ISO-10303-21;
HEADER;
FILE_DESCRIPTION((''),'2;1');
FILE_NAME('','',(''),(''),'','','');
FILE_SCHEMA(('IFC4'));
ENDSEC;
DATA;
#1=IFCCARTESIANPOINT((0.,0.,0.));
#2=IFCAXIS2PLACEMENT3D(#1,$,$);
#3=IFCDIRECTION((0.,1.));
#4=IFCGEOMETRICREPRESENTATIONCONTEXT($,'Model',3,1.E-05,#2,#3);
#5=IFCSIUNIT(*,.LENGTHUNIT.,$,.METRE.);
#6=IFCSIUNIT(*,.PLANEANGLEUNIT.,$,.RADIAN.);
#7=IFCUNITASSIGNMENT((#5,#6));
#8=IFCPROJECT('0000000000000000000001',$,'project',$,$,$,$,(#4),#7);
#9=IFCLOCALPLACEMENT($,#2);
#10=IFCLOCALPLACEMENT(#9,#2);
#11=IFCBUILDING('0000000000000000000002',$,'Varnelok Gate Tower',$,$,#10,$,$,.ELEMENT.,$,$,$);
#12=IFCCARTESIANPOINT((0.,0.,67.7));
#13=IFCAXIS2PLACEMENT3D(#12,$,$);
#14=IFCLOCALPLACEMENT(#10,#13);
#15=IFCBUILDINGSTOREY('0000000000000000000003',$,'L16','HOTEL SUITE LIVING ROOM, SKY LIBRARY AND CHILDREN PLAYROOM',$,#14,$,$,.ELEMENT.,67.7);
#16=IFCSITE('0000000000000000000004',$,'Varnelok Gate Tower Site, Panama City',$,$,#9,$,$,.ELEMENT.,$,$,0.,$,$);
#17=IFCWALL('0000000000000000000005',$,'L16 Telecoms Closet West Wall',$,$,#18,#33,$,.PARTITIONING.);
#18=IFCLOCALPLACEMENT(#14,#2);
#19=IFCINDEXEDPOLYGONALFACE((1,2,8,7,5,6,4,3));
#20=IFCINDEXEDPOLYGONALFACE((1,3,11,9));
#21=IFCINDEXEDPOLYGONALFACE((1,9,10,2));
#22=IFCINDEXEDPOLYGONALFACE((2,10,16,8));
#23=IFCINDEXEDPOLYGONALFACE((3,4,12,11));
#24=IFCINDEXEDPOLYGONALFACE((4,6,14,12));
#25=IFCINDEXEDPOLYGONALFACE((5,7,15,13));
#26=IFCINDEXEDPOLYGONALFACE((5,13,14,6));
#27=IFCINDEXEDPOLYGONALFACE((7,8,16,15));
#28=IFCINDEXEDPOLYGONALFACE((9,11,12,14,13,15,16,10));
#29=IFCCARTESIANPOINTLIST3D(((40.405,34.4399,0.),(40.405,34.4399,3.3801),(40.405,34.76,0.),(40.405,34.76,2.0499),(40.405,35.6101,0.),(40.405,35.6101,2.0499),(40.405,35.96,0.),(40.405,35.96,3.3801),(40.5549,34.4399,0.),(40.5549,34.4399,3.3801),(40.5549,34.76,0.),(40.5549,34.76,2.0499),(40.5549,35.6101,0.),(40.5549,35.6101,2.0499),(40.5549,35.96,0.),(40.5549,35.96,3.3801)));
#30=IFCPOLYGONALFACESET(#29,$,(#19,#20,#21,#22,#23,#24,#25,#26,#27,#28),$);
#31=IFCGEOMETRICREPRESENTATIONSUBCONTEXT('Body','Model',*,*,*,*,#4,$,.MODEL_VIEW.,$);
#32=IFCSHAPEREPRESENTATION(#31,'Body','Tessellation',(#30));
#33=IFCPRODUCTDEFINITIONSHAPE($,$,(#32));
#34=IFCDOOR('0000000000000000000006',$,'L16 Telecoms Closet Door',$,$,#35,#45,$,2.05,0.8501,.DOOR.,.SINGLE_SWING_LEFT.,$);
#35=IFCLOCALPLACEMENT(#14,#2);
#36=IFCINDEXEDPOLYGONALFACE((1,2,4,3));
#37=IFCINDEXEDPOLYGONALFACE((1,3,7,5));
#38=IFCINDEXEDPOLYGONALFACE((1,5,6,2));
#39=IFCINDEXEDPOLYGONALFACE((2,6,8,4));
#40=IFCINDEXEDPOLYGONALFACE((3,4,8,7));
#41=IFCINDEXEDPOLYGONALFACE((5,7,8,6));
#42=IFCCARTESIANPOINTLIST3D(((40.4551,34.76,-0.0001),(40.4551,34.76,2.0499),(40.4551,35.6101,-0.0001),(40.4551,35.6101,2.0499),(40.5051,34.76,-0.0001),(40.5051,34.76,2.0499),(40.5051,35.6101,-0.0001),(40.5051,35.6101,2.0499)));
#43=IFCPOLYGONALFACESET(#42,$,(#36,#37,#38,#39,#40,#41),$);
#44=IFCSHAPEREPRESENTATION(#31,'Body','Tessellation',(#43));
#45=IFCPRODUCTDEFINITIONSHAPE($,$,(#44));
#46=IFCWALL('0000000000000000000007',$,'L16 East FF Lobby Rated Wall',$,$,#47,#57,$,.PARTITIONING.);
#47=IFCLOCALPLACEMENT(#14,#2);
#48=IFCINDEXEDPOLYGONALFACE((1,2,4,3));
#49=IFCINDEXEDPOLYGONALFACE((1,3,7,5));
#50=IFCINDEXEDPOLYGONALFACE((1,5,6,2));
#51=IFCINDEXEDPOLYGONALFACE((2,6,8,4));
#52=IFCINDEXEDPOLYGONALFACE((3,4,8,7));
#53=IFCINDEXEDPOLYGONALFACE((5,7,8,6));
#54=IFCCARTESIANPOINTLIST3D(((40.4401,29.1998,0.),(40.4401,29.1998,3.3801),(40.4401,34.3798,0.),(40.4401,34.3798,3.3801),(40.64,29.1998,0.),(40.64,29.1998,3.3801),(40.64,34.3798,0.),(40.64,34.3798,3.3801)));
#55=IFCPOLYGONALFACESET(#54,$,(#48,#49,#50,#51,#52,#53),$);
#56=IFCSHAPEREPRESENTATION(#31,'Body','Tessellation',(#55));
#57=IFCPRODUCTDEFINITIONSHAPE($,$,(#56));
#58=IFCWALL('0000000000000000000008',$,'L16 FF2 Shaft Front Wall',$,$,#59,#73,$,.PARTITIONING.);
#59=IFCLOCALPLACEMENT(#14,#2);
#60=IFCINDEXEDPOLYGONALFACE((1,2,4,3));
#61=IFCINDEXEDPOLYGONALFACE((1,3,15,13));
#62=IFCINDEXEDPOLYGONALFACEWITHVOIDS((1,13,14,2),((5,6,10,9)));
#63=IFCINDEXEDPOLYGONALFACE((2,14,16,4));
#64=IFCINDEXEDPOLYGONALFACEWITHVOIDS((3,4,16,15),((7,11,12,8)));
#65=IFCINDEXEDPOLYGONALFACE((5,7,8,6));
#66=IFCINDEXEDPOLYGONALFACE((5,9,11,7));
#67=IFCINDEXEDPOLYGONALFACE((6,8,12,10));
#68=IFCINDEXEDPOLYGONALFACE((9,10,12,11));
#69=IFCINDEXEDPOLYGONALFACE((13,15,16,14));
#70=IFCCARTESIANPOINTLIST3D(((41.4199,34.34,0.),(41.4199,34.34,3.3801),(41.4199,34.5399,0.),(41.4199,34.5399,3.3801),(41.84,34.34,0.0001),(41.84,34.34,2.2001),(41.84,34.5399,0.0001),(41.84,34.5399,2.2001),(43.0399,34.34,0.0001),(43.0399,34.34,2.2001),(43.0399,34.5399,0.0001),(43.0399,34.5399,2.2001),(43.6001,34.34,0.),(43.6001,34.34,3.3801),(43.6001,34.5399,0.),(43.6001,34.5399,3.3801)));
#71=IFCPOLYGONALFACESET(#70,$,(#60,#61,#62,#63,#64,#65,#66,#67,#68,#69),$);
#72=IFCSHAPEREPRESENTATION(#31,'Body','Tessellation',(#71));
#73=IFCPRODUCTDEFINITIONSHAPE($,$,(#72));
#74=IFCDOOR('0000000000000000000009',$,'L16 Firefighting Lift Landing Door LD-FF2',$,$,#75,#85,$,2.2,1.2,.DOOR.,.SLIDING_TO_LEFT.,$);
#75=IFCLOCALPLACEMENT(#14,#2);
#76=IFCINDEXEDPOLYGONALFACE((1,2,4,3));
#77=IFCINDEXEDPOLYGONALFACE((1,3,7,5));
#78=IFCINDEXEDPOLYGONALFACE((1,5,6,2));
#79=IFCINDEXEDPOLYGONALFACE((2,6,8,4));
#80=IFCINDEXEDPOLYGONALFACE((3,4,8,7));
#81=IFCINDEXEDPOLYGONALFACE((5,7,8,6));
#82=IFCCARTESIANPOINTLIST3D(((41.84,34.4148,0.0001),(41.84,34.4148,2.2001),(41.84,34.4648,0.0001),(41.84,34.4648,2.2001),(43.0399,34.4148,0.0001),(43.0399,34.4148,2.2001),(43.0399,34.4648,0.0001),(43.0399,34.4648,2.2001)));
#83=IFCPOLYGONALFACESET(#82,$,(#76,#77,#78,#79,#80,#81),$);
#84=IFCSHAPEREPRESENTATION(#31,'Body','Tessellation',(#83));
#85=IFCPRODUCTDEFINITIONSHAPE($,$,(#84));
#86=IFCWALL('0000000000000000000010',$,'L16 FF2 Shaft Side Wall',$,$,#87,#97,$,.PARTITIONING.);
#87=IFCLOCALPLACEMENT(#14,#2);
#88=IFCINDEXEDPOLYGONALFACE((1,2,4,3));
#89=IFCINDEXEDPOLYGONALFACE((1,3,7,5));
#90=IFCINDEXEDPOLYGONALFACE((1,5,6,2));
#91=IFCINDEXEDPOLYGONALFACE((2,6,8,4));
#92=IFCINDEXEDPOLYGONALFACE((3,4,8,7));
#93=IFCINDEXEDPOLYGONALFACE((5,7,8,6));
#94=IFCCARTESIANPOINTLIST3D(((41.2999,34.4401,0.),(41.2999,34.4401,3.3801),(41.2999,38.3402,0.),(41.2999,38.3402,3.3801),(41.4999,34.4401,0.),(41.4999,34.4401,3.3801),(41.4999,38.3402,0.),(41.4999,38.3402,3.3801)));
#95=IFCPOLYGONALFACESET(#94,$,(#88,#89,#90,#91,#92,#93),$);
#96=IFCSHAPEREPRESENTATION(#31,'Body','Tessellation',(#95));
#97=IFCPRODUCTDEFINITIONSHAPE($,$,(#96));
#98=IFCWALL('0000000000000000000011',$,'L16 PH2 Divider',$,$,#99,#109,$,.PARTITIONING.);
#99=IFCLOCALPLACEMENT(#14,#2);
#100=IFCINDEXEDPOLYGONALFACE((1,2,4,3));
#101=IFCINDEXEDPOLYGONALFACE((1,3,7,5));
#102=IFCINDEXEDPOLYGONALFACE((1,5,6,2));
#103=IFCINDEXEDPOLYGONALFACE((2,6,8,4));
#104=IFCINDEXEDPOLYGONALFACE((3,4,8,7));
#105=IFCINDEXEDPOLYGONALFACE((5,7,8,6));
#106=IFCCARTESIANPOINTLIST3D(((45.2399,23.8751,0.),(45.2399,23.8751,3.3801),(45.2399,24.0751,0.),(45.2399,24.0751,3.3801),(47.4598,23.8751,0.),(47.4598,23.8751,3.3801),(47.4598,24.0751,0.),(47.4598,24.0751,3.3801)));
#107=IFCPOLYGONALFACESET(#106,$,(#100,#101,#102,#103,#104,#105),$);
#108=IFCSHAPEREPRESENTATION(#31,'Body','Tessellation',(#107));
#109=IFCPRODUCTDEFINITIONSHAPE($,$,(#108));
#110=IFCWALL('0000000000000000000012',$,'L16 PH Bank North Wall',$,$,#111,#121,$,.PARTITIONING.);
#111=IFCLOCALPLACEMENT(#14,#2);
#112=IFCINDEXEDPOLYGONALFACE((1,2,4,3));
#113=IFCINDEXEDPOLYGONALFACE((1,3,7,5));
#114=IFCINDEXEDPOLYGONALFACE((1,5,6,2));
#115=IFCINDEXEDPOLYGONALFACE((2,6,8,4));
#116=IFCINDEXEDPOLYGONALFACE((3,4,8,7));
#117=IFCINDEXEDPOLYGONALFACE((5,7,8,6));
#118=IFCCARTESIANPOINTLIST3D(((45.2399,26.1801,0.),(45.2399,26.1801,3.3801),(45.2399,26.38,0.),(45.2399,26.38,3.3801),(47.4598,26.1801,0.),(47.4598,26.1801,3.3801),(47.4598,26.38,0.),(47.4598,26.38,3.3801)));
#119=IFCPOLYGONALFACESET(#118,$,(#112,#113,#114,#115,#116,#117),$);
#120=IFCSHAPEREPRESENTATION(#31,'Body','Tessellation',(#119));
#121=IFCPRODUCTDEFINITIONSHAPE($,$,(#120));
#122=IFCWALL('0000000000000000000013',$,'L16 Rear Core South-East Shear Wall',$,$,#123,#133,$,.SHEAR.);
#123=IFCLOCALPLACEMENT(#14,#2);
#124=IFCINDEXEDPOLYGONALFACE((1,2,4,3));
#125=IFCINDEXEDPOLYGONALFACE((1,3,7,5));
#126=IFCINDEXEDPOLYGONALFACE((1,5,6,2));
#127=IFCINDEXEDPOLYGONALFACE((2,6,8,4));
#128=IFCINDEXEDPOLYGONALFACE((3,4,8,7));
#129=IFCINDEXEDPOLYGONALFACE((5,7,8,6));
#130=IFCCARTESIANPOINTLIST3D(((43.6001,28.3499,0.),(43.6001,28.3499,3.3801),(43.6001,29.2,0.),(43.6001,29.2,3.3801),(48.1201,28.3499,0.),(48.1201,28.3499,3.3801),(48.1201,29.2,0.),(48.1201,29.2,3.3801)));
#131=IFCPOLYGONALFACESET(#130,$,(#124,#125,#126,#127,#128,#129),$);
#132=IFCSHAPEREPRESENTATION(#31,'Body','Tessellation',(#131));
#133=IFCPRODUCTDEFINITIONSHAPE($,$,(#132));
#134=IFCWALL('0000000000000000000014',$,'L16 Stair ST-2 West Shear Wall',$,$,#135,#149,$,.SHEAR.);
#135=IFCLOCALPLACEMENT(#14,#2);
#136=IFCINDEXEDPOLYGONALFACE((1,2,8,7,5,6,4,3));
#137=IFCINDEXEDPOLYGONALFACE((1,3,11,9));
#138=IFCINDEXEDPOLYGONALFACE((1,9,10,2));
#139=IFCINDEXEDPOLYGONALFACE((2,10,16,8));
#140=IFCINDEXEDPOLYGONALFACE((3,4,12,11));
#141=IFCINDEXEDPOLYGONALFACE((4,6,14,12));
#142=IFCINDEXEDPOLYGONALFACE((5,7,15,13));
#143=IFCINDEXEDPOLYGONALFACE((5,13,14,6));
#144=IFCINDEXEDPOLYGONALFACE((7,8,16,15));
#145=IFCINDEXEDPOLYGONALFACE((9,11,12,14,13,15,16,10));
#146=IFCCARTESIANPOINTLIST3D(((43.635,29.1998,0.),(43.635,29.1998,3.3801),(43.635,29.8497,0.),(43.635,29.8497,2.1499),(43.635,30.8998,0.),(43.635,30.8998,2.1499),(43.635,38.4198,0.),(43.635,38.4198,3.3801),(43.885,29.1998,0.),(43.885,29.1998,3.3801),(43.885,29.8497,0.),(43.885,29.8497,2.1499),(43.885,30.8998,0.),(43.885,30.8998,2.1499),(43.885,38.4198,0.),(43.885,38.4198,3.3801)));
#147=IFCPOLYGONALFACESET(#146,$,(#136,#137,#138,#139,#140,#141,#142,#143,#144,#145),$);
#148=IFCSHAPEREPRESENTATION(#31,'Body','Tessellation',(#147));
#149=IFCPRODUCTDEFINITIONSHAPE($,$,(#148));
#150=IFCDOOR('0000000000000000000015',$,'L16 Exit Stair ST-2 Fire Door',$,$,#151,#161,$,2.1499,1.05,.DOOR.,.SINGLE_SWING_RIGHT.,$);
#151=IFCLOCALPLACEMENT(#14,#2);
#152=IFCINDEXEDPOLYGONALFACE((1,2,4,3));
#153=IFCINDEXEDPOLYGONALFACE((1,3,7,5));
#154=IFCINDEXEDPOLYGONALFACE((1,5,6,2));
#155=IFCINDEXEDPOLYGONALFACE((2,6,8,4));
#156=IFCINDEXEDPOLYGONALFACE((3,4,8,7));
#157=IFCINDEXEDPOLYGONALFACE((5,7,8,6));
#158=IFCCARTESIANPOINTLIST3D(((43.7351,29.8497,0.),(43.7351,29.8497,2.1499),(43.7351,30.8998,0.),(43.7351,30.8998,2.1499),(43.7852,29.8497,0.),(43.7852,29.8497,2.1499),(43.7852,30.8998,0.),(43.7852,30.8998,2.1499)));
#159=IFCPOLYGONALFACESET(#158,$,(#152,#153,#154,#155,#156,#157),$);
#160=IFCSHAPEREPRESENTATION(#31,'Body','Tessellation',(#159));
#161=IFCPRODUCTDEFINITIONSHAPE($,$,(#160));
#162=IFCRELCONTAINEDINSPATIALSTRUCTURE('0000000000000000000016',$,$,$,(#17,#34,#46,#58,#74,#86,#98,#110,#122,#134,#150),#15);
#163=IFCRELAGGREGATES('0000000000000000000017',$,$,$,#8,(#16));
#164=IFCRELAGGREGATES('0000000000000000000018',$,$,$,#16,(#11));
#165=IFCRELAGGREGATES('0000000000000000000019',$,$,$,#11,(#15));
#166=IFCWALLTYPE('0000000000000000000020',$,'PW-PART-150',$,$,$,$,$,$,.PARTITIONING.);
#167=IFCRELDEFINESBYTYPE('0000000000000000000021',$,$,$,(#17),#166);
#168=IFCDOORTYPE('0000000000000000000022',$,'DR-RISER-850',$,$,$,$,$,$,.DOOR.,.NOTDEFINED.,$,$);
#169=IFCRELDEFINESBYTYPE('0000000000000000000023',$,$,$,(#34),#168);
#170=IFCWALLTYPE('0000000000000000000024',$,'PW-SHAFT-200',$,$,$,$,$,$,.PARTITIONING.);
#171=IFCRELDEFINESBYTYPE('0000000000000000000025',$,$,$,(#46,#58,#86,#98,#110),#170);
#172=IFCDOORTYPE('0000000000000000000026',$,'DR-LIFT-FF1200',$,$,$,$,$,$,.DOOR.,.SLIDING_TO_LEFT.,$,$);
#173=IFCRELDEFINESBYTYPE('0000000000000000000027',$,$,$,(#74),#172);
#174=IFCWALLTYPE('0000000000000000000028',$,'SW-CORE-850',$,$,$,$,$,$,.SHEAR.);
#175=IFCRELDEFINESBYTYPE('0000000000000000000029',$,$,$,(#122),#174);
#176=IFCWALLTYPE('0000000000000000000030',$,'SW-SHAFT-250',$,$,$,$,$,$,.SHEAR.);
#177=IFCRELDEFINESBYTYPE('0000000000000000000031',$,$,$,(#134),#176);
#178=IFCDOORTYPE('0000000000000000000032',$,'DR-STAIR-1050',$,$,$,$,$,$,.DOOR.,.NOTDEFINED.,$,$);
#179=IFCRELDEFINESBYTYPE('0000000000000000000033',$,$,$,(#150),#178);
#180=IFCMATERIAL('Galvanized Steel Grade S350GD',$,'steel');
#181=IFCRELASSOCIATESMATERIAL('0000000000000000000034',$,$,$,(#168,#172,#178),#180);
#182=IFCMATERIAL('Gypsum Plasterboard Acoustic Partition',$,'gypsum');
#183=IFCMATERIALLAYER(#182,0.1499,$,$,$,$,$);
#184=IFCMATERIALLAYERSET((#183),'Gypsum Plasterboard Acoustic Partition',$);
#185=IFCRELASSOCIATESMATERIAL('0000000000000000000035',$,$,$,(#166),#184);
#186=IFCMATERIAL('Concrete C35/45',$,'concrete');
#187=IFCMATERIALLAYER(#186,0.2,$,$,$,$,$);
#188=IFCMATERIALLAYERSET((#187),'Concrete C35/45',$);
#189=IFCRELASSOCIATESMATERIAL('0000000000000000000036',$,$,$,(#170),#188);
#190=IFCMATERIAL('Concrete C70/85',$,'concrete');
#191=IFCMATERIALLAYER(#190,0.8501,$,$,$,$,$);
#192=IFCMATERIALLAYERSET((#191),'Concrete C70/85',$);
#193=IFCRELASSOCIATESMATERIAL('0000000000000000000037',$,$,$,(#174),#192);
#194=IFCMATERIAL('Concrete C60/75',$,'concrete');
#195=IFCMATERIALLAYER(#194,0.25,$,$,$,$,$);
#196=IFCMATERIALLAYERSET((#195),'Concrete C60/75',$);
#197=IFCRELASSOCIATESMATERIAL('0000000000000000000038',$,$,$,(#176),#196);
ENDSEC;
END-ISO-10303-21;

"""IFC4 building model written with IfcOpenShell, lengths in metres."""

from ifc_helpers import new_model, si_unit, direction, frame, frame_2d, origin, place, context, subcontext, project, spatial, rectangle, extrude, material, layer, layer_set, type_object, element, fill, save


model = new_model("IFC4")

# Units and contexts
model_context = context("Model", 3, precision=1e-05, world=origin(), true_north=direction((0.0, 1.0)))
body_context = subcontext(model_context, "Body", "Model", "MODEL_VIEW")
ifc_project = project(units=[si_unit("LENGTHUNIT", "METRE"), si_unit("PLANEANGLEUNIT", "RADIAN")], contexts=[model_context])

# Site, building, storey
site_placement = place(None, origin())
site = spatial("IfcSite", under=ifc_project, at=site_placement, Name="Varnelok Gate Tower Site, Panama City", CompositionType="ELEMENT", RefElevation=0.0)
building_placement = place(site_placement, origin())
building = spatial("IfcBuilding", under=site, at=building_placement, Name="Varnelok Gate Tower", CompositionType="ELEMENT")
storey_placement = place(building_placement, frame((0.0, 0.0, 67.7)))
storey = spatial("IfcBuildingStorey", under=building, at=storey_placement, Name="L16", Description="HOTEL SUITE LIVING ROOM, SKY LIBRARY AND CHILDREN PLAYROOM", CompositionType="ELEMENT", Elevation=67.7)

# Shared definitions
ifc_material_1 = material(Name="Concrete C70/85", Category="concrete")

# Wall, opening, door
ifc_material_2 = material(Name="Gypsum Plasterboard Acoustic Partition", Category="gypsum")
ifc_material_3 = material(Name="Galvanized Steel Grade S350GD", Category="steel")
door_type_1 = type_object("IfcDoorType", Name="DR-RISER-850", OperationType="NOTDEFINED", PredefinedType="DOOR", material=ifc_material_3)
ifc_layer_1 = layer(ifc_material_2, 0.1499)
ifc_layer_set_1 = layer_set([ifc_layer_1], Name="Gypsum Plasterboard Acoustic Partition")
wall_type_1 = type_object("IfcWallType", Name="PW-PART-150", PredefinedType="PARTITIONING", material=ifc_layer_set_1)
wall_1_placement = place(storey_placement, frame((40.48, 34.4399, 0.0), z_axis=(0.0, 0.0, 1.0), x_axis=(0.0, 1.0, 0.0)))
wall_1 = element("IfcWall", 1, at=wall_1_placement, inside=storey, type_object=wall_type_1, Name="L16 Telecoms Closet West Wall", PredefinedType="PARTITIONING", context=body_context, shape_type="SweptSolid", body=[
    extrude(rectangle(XDim=1.52, YDim=0.1499, at=frame_2d((0.76, 0.0))), origin(), (0.0, 0.0, 1.0), 3.3801),
])
opening_1_placement = place(wall_1_placement, frame((0.3201, 0.0, 0.0)))
opening_1 = element("IfcOpeningElement", 2, at=opening_1_placement, cuts=wall_1, PredefinedType="OPENING", context=body_context, shape_type="SweptSolid", body=[
    extrude(rectangle(XDim=0.8501, YDim=2.05, at=frame_2d((0.425, 1.0249))), frame((0.0, 0.085, 0.0), z_axis=(0.0, -1.0, 0.0), x_axis=(1.0, 0.0, 0.0)), (0.0, 0.0, 1.0), 0.1699),
])
door_1_placement = place(opening_1_placement, origin())
door_1 = element("IfcDoor", 3, at=door_1_placement, inside=storey, type_object=door_type_1, Name="L16 Telecoms Closet Door", OperationType="SINGLE_SWING_LEFT", OverallHeight=2.05, OverallWidth=0.8501, PredefinedType="DOOR", context=body_context, shape_type="SweptSolid", body=[
    extrude(rectangle(XDim=0.8501, YDim=2.05, at=frame_2d((0.425, 1.0249))), frame((0.0, 0.0249, 0.0), z_axis=(0.0, -1.0, 0.0), x_axis=(1.0, 0.0, 0.0)), (0.0, 0.0, 1.0), 0.05),
])
fill(opening_1, door_1)

# Wall
ifc_material_4 = material(Name="Concrete C35/45", Category="concrete")
ifc_layer_2 = layer(ifc_material_4, 0.2)
ifc_layer_set_2 = layer_set([ifc_layer_2], Name="Concrete C35/45")
wall_type_2 = type_object("IfcWallType", Name="PW-SHAFT-200", PredefinedType="PARTITIONING", material=ifc_layer_set_2)
wall_2_placement = place(storey_placement, frame((40.54, 29.2, 0.0), z_axis=(0.0, 0.0, 1.0), x_axis=(0.0, 1.0, 0.0)))
element("IfcWall", 4, at=wall_2_placement, inside=storey, type_object=wall_type_2, Name="L16 East FF Lobby Rated Wall", PredefinedType="PARTITIONING", context=body_context, shape_type="SweptSolid", body=[
    extrude(rectangle(XDim=5.1799, YDim=0.2, at=frame_2d((2.5898, 0.0))), origin(), (0.0, 0.0, 1.0), 3.3801),
])

# Wall, opening, door
wall_3_placement = place(storey_placement, frame((41.4199, 34.4399, 0.0), z_axis=(0.0, 0.0, 1.0), x_axis=(1.0, 0.0, 0.0)))
wall_3 = element("IfcWall", 5, at=wall_3_placement, inside=storey, type_object=wall_type_2, Name="L16 FF2 Shaft Front Wall", PredefinedType="PARTITIONING", context=body_context, shape_type="SweptSolid", body=[
    extrude(rectangle(XDim=2.1802, YDim=0.2, at=frame_2d((1.0901, 0.0))), origin(), (0.0, 0.0, 1.0), 3.3801),
])
opening_2_placement = place(wall_3_placement, frame((0.4199, 0.0, 0.0)))
opening_2 = element("IfcOpeningElement", 6, at=opening_2_placement, cuts=wall_3, PredefinedType="OPENING", context=body_context, shape_type="SweptSolid", body=[
    extrude(rectangle(XDim=1.2, YDim=2.2, at=frame_2d((0.6001, 1.1001))), frame((0.0, 0.1099, 0.0), z_axis=(0.0, -1.0, 0.0), x_axis=(1.0, 0.0, 0.0)), (0.0, 0.0, 1.0), 0.22),
])
door_type_2 = type_object("IfcDoorType", Name="DR-LIFT-FF1200", OperationType="SLIDING_TO_LEFT", PredefinedType="DOOR", material=ifc_material_3)
door_2_placement = place(opening_2_placement, origin())
door_2 = element("IfcDoor", 7, at=door_2_placement, inside=storey, type_object=door_type_2, Name="L16 Firefighting Lift Landing Door LD-FF2", OperationType="SLIDING_TO_LEFT", OverallHeight=2.2, OverallWidth=1.2, PredefinedType="DOOR", context=body_context, shape_type="SweptSolid", body=[
    extrude(rectangle(XDim=1.2, YDim=2.2, at=frame_2d((0.6001, 1.1001))), frame((0.0, 0.0249, 0.0), z_axis=(0.0, -1.0, 0.0), x_axis=(1.0, 0.0, 0.0)), (0.0, 0.0, 1.0), 0.05),
])
fill(opening_2, door_2)

# Walls
wall_4_placement = place(storey_placement, frame((41.3999, 34.4399, 0.0), z_axis=(0.0, 0.0, 1.0), x_axis=(0.0, 1.0, 0.0)))
element("IfcWall", 8, at=wall_4_placement, inside=storey, type_object=wall_type_2, Name="L16 FF2 Shaft Side Wall", PredefinedType="PARTITIONING", context=body_context, shape_type="SweptSolid", body=[
    extrude(rectangle(XDim=3.9001, YDim=0.2, at=frame_2d((1.9502, 0.0))), origin(), (0.0, 0.0, 1.0), 3.3801),
])
for number, where, z_axis, x_axis, name in (
    (9, (45.24, 23.9751, 0.0), (0.0, 0.0, 1.0), (1.0, 0.0, 0.0), "L16 PH2 Divider"),
    (10, (45.24, 26.28, 0.0), (0.0, 0.0, 1.0), (1.0, 0.0, 0.0), "L16 PH Bank North Wall"),
):
    element("IfcWall", number, at=place(storey_placement, frame(where, z_axis=z_axis, x_axis=x_axis)), inside=storey, type_object=wall_type_2, Name=name, PredefinedType="PARTITIONING", context=body_context, shape_type="SweptSolid", body=[
        extrude(rectangle(XDim=2.22, YDim=0.2, at=frame_2d((1.1099, 0.0))), origin(), (0.0, 0.0, 1.0), 3.3801),
    ])
ifc_layer_3 = layer(ifc_material_1, 0.8501)
ifc_layer_set_3 = layer_set([ifc_layer_3], Name="Concrete C70/85")
wall_type_3 = type_object("IfcWallType", Name="SW-CORE-850", PredefinedType="SHEAR", material=ifc_layer_set_3)
wall_5_placement = place(storey_placement, frame((43.6001, 28.7749, 0.0), z_axis=(0.0, 0.0, 1.0), x_axis=(1.0, 0.0, 0.0)))
element("IfcWall", 11, at=wall_5_placement, inside=storey, type_object=wall_type_3, Name="L16 Rear Core South-East Shear Wall", PredefinedType="SHEAR", context=body_context, shape_type="SweptSolid", body=[
    extrude(rectangle(XDim=4.52, YDim=0.8501, at=frame_2d((2.26, 0.0))), origin(), (0.0, 0.0, 1.0), 3.3801),
])

# Wall, opening, door
ifc_material_5 = material(Name="Concrete C60/75", Category="concrete")
ifc_layer_4 = layer(ifc_material_5, 0.25)
ifc_layer_set_4 = layer_set([ifc_layer_4], Name="Concrete C60/75")
wall_type_4 = type_object("IfcWallType", Name="SW-SHAFT-250", PredefinedType="SHEAR", material=ifc_layer_set_4)
wall_6_placement = place(storey_placement, frame((43.76, 29.2, 0.0), z_axis=(0.0, 0.0, 1.0), x_axis=(0.0, 1.0, 0.0)))
wall_6 = element("IfcWall", 12, at=wall_6_placement, inside=storey, type_object=wall_type_4, Name="L16 Stair ST-2 West Shear Wall", PredefinedType="SHEAR", context=body_context, shape_type="SweptSolid", body=[
    extrude(rectangle(XDim=9.22, YDim=0.25, at=frame_2d((4.6099, 0.0))), origin(), (0.0, 0.0, 1.0), 3.3801),
])
opening_3_placement = place(wall_6_placement, frame((0.6499, 0.0, 0.0)))
opening_3 = element("IfcOpeningElement", 13, at=opening_3_placement, cuts=wall_6, PredefinedType="OPENING", context=body_context, shape_type="SweptSolid", body=[
    extrude(rectangle(XDim=1.05, YDim=2.1499, at=frame_2d((0.5249, 1.075))), frame((0.0, 0.135, 0.0), z_axis=(0.0, -1.0, 0.0), x_axis=(1.0, 0.0, 0.0)), (0.0, 0.0, 1.0), 0.27),
])
door_type_3 = type_object("IfcDoorType", Name="DR-STAIR-1050", OperationType="NOTDEFINED", PredefinedType="DOOR", material=ifc_material_3)
door_3_placement = place(opening_3_placement, origin())
door_3 = element("IfcDoor", 14, at=door_3_placement, inside=storey, type_object=door_type_3, Name="L16 Exit Stair ST-2 Fire Door", OperationType="SINGLE_SWING_RIGHT", OverallHeight=2.1499, OverallWidth=1.05, PredefinedType="DOOR", context=body_context, shape_type="SweptSolid", body=[
    extrude(rectangle(XDim=1.05, YDim=2.1499, at=frame_2d((0.5249, 1.075))), frame((0.0, 0.0249, 0.0), z_axis=(0.0, -1.0, 0.0), x_axis=(1.0, 0.0, 0.0)), (0.0, 0.0, 1.0), 0.05),
])
fill(opening_3, door_3)

save(model, "model.ifc")
